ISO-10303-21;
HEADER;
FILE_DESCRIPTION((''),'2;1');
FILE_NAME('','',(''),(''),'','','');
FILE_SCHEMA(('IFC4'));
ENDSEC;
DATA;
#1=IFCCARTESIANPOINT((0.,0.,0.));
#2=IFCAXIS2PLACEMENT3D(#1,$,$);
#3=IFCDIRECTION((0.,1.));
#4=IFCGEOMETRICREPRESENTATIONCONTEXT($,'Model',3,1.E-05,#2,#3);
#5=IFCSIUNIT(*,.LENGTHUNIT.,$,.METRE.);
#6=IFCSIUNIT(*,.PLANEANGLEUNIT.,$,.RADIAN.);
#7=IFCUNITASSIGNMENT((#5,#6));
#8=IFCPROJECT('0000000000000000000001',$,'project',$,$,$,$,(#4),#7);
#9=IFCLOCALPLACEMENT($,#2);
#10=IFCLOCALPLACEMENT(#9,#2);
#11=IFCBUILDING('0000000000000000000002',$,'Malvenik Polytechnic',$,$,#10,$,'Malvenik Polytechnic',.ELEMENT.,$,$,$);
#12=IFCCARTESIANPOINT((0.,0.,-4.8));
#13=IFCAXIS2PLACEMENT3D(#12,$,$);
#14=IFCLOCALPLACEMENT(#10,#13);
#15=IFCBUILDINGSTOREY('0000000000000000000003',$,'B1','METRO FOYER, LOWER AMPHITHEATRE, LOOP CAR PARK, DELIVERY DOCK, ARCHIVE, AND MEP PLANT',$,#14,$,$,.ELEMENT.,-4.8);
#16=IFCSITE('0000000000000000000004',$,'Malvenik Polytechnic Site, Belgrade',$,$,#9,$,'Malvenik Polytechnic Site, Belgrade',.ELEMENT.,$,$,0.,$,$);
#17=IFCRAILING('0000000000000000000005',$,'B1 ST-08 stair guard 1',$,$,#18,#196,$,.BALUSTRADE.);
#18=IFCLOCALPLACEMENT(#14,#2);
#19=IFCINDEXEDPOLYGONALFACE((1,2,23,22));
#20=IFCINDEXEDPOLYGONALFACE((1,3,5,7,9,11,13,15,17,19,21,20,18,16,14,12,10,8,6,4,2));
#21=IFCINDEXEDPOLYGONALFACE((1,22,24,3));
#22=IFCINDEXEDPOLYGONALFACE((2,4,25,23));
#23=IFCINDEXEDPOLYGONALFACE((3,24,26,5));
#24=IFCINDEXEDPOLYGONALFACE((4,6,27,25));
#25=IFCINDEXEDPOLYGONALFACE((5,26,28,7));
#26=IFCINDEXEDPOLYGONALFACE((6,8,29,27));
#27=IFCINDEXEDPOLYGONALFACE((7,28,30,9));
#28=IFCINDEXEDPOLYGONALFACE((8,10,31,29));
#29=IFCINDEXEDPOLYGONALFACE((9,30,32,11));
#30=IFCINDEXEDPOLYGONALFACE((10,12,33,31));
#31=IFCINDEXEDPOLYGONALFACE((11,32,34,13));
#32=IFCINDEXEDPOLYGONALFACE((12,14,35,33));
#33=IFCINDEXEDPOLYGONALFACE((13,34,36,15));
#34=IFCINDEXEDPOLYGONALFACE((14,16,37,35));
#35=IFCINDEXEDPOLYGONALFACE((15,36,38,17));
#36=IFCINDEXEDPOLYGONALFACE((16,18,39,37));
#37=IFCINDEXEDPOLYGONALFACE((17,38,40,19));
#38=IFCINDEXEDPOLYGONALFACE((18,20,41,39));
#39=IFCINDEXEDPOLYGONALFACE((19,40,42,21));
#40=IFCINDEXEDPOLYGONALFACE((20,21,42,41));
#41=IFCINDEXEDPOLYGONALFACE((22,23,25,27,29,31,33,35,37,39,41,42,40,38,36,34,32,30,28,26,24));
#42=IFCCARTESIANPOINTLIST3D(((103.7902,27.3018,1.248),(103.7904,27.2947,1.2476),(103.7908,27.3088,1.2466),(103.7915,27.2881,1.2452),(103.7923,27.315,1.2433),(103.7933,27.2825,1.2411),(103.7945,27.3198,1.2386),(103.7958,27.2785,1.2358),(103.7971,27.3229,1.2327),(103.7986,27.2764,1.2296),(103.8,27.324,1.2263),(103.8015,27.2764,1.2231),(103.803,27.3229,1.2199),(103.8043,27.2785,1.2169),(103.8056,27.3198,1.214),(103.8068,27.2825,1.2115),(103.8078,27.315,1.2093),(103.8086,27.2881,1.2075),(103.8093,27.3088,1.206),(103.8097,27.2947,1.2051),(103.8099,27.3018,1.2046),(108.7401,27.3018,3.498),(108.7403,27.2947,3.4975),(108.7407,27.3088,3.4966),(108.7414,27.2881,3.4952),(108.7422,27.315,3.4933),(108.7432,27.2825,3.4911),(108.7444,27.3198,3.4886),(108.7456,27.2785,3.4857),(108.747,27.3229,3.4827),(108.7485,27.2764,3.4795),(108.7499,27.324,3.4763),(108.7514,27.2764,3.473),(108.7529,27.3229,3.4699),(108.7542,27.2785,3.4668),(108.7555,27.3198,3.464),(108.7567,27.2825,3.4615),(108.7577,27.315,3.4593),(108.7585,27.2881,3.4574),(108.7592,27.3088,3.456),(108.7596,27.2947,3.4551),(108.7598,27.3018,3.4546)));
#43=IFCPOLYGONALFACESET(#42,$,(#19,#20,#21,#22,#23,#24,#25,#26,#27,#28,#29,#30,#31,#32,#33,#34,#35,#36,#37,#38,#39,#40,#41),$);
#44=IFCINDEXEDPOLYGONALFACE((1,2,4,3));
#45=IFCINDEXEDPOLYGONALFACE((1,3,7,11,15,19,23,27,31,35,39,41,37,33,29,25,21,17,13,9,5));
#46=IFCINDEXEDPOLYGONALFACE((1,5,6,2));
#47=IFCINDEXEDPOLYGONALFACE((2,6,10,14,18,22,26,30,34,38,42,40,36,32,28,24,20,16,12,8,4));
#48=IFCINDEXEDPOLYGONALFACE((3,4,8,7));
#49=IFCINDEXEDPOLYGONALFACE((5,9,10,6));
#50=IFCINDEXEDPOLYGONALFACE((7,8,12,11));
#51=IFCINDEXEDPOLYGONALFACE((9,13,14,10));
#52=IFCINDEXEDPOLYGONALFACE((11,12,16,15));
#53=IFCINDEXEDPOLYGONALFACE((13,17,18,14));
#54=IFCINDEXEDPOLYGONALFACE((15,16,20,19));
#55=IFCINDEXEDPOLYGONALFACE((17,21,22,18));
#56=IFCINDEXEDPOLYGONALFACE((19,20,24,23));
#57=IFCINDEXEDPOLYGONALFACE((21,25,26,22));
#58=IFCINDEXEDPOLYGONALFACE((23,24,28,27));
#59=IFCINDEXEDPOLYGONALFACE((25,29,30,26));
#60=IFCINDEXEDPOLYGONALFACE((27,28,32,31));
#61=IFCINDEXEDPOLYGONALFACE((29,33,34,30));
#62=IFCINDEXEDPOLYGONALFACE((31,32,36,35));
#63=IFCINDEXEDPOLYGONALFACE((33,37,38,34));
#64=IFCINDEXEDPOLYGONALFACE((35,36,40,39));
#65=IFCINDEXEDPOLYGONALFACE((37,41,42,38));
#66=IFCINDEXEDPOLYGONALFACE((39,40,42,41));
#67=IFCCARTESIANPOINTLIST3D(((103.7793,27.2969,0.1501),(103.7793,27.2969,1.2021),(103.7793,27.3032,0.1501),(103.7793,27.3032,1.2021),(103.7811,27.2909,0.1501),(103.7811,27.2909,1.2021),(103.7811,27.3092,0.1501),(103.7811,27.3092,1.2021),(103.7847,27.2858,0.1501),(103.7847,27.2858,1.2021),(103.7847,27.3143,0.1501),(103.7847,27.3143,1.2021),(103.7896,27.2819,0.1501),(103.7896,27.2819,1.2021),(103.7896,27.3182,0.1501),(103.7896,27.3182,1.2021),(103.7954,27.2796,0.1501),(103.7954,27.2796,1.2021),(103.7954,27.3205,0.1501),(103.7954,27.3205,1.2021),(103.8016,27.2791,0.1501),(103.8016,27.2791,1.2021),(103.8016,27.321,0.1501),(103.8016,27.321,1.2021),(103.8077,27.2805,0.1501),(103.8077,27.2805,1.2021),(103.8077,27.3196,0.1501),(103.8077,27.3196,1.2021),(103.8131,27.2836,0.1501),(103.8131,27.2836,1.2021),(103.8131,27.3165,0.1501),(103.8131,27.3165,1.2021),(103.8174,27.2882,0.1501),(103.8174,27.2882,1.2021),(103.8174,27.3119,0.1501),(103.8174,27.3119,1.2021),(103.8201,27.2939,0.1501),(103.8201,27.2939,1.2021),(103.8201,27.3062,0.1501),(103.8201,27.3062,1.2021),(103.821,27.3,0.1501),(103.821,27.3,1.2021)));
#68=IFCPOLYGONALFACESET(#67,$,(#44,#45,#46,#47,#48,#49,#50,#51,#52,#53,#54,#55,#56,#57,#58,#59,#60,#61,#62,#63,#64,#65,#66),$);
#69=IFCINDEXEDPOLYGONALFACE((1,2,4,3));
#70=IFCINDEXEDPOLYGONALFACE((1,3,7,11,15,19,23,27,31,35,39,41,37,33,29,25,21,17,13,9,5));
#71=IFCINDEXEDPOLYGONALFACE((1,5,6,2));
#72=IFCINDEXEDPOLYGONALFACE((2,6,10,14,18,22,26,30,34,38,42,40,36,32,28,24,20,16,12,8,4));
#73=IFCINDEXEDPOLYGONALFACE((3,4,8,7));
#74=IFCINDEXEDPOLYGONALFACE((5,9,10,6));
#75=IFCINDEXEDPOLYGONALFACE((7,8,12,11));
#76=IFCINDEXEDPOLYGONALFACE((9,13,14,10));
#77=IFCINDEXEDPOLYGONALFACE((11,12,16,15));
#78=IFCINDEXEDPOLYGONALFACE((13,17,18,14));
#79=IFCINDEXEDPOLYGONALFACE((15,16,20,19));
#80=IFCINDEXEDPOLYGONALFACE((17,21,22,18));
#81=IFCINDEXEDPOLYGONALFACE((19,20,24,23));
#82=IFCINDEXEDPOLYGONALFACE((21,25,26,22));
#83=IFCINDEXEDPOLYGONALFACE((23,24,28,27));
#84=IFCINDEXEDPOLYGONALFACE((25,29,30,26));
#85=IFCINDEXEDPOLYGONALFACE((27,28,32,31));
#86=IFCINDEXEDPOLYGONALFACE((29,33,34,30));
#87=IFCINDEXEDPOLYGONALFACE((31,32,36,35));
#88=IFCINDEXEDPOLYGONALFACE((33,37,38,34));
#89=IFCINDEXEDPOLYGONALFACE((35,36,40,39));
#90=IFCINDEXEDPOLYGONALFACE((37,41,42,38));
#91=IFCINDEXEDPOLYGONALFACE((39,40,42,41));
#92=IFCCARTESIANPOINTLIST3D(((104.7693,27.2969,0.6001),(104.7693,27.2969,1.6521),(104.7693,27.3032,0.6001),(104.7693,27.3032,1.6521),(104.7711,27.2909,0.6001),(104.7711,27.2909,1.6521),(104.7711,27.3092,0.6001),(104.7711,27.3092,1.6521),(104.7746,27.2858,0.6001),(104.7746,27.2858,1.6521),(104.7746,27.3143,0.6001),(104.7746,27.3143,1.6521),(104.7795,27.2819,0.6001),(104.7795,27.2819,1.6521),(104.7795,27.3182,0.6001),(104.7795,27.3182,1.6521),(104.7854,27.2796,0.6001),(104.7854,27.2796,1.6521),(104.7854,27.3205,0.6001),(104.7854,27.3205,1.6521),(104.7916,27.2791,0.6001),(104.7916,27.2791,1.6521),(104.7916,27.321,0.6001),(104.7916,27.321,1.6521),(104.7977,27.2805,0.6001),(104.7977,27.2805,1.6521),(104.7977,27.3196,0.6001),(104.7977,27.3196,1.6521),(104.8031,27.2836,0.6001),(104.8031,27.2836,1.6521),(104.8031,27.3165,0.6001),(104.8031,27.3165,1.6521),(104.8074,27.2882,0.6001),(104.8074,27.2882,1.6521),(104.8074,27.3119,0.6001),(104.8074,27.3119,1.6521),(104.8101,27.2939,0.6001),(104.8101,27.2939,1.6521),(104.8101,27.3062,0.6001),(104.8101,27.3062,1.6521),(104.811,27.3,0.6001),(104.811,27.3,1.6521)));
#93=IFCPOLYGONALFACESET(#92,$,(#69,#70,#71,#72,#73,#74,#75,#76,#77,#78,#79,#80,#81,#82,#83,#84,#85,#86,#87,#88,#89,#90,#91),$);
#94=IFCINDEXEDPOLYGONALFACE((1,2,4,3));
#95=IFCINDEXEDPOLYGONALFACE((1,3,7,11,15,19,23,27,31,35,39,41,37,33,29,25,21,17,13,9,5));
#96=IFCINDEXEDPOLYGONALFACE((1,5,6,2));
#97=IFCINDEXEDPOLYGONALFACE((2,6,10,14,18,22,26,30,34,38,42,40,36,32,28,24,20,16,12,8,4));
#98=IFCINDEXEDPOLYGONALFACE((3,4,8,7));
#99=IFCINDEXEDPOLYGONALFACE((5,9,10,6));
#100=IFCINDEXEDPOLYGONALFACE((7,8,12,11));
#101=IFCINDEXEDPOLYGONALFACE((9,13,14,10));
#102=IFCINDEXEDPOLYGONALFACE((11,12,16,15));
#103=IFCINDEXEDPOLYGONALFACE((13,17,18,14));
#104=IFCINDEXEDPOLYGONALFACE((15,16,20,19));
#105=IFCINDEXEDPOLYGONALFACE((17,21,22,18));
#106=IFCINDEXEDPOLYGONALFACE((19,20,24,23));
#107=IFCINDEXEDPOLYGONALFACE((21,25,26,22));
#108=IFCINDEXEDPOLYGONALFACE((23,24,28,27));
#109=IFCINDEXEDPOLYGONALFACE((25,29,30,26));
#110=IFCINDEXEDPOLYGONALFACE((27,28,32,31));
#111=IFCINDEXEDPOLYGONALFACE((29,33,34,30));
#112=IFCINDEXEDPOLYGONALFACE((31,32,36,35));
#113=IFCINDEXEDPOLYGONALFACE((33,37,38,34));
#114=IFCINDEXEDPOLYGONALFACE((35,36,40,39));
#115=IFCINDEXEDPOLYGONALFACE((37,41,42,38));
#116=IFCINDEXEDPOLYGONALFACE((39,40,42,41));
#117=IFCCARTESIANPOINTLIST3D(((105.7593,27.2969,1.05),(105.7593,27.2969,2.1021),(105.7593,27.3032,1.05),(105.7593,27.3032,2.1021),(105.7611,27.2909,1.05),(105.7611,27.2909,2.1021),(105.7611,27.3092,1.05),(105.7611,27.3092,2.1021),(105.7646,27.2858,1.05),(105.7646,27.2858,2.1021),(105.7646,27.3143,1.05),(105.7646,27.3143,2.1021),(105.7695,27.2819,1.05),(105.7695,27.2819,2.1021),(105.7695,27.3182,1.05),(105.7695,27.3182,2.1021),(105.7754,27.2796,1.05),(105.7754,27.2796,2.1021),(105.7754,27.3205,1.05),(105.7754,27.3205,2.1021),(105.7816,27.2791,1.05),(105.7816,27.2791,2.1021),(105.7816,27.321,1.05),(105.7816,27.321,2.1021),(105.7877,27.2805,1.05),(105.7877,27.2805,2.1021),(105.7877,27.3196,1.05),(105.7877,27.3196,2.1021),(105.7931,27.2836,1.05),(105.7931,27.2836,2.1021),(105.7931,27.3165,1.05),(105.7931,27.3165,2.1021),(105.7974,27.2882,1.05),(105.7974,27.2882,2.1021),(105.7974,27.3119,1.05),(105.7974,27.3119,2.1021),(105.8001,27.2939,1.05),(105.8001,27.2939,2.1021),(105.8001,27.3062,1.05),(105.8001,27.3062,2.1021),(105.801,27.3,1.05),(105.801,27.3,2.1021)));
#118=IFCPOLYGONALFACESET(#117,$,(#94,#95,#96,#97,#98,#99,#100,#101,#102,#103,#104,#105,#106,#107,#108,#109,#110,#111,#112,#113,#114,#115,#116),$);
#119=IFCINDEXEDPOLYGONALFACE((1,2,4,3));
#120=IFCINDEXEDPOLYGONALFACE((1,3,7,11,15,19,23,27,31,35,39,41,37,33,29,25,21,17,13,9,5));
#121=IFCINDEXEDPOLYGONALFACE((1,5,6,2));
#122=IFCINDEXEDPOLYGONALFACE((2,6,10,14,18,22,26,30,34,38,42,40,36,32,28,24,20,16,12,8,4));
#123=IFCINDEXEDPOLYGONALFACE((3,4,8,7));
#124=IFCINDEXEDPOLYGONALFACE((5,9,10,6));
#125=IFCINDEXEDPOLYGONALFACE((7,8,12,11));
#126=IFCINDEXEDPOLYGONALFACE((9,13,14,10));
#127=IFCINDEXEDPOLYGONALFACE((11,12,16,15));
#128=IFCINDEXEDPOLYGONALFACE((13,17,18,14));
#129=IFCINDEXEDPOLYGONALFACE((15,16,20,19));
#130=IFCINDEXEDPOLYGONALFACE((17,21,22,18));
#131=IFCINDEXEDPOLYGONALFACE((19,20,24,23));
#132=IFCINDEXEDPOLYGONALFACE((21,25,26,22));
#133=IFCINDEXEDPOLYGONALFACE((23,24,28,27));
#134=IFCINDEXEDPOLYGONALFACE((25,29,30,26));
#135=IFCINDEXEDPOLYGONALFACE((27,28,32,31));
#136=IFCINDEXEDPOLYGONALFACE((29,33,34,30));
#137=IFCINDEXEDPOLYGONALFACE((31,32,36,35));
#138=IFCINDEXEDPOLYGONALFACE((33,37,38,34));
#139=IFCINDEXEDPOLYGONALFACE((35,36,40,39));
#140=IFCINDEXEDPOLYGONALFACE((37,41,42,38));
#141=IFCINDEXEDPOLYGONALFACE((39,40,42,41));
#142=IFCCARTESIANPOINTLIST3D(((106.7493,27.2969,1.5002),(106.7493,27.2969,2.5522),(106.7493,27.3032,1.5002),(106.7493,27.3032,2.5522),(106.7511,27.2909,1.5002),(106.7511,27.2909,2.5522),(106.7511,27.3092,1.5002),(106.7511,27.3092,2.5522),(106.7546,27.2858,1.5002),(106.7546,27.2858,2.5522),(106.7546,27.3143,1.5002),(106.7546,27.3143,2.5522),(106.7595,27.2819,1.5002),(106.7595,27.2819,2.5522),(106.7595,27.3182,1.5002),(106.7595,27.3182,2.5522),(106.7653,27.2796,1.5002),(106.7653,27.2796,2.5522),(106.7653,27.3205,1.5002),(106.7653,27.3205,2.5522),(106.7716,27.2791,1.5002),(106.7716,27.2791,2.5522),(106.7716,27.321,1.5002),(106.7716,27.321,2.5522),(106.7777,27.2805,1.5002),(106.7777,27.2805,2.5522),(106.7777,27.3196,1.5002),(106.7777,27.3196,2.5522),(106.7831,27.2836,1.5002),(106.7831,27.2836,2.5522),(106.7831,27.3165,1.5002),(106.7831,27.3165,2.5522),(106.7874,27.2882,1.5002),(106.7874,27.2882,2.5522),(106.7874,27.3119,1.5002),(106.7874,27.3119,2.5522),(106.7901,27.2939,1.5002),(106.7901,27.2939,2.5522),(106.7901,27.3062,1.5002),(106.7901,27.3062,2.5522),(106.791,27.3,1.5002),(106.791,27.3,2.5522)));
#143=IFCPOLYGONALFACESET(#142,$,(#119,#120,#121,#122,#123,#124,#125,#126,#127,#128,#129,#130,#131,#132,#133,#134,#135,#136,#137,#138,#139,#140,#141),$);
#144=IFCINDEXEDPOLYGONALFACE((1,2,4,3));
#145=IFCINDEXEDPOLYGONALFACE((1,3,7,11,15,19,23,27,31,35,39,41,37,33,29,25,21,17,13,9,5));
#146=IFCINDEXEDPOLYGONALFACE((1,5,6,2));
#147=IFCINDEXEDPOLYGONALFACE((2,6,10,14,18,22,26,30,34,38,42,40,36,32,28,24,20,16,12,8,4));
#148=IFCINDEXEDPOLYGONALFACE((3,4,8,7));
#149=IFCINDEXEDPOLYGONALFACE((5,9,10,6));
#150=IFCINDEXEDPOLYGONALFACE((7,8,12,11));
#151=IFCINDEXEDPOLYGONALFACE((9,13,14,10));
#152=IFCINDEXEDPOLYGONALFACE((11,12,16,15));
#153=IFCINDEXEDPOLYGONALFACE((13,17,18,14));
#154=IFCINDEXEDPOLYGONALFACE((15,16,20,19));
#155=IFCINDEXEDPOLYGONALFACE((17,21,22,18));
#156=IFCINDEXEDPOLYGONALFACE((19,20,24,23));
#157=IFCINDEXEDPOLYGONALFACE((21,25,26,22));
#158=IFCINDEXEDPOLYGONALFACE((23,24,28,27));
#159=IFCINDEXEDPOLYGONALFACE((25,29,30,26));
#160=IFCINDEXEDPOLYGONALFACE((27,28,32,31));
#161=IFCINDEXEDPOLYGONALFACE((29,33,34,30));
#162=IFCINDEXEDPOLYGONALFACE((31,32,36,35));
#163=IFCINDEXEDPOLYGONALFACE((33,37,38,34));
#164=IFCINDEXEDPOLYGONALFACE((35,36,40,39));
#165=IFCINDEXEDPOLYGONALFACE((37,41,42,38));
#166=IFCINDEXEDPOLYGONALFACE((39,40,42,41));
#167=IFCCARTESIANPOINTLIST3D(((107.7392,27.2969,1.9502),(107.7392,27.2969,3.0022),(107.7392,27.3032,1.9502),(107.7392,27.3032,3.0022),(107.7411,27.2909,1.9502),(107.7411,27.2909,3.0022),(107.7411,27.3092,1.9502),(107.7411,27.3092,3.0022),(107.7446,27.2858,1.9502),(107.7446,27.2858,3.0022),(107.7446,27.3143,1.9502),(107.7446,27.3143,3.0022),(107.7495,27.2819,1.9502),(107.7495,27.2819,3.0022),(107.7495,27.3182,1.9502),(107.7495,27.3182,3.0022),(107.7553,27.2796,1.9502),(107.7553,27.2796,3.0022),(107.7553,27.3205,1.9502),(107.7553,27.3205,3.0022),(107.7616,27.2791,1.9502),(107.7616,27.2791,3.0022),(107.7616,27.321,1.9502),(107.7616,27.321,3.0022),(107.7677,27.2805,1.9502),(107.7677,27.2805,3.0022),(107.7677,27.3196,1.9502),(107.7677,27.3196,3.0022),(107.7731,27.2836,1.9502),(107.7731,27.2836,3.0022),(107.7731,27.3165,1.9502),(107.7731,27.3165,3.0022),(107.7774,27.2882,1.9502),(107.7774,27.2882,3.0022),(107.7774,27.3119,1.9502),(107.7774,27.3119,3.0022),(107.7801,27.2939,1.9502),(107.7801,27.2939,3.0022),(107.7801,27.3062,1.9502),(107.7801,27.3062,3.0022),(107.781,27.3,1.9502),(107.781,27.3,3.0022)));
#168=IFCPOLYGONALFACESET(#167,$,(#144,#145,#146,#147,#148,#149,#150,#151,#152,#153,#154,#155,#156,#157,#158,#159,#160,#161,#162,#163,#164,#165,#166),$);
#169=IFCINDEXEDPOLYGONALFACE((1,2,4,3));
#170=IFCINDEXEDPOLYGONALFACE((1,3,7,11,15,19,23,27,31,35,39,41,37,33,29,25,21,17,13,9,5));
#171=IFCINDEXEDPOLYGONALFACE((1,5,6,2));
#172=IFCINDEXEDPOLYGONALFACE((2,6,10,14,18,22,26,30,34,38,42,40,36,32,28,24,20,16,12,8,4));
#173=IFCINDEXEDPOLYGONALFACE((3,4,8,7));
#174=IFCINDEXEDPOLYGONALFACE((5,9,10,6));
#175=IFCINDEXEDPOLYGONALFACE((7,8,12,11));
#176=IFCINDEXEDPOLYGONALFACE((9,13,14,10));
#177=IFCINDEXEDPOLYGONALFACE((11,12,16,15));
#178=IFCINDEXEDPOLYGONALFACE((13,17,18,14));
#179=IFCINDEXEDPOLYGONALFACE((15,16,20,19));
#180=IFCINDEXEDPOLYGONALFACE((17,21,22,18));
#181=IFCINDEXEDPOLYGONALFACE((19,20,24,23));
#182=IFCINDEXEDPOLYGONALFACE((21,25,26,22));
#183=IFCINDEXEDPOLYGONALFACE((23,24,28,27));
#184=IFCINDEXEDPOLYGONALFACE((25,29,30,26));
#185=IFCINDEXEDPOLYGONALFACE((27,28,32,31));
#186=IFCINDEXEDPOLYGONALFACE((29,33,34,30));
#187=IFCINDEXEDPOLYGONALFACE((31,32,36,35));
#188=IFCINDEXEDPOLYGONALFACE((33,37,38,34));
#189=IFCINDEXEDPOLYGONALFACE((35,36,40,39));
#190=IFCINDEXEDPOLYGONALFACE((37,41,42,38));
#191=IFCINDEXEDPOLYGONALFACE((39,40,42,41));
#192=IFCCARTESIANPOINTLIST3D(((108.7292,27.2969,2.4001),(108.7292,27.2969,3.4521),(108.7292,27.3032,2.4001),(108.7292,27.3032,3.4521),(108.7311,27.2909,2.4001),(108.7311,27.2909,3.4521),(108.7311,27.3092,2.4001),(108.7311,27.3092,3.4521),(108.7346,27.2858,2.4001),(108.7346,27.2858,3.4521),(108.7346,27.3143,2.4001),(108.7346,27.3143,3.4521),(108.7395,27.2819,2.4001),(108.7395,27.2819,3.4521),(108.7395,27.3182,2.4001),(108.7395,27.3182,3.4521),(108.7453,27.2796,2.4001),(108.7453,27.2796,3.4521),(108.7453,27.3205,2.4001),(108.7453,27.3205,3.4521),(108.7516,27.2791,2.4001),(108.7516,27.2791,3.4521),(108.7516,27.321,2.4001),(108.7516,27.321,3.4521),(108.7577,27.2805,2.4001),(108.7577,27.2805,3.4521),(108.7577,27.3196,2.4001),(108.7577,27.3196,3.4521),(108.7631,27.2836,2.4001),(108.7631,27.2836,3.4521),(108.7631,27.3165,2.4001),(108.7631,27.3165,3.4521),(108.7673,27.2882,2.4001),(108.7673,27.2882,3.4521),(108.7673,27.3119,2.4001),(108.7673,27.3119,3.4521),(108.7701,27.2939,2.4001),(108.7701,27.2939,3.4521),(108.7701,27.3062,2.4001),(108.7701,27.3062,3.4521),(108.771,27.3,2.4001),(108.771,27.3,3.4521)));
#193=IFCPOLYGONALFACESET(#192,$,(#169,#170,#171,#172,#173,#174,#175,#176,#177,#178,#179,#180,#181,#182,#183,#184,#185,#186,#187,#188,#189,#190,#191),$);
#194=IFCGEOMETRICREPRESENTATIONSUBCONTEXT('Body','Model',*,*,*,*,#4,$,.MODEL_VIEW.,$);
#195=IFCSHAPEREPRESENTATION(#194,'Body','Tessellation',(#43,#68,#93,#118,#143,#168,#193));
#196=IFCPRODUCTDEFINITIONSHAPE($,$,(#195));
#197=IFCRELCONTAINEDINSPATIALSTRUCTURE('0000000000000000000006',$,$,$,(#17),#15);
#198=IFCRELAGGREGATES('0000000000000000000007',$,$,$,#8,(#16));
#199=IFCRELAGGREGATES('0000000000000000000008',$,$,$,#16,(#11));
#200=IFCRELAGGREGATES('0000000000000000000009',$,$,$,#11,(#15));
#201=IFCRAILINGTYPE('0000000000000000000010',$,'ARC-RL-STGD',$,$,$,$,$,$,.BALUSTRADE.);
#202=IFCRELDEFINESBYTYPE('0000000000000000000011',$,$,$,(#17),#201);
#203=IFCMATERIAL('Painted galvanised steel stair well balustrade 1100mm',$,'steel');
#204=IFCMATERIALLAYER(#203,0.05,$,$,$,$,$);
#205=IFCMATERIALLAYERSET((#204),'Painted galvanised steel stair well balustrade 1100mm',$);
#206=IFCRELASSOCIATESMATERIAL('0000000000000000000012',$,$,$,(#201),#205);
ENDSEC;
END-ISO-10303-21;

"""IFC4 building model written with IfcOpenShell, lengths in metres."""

from ifc_helpers import new_model, si_unit, direction, frame, origin, origin_2d, place, context, subcontext, project, spatial, circle, extrude, material, layer, layer_set, type_object, element, save


model = new_model("IFC4")

# Units and contexts
model_context = context("Model", 3, precision=1e-05, world=origin(), true_north=direction((0.0, 1.0)))
body_context = subcontext(model_context, "Body", "Model", "MODEL_VIEW")
ifc_project = project(units=[si_unit("LENGTHUNIT", "METRE"), si_unit("PLANEANGLEUNIT", "RADIAN")], contexts=[model_context])

# Site, building, storey
site_placement = place(None, origin())
site = spatial("IfcSite", under=ifc_project, at=site_placement, Name="Malvenik Polytechnic Site, Belgrade", LongName="Malvenik Polytechnic Site, Belgrade", CompositionType="ELEMENT", RefElevation=0.0)
building_placement = place(site_placement, origin())
building = spatial("IfcBuilding", under=site, at=building_placement, Name="Malvenik Polytechnic", LongName="Malvenik Polytechnic", CompositionType="ELEMENT")
storey_placement = place(building_placement, frame((0.0, 0.0, -4.8)))
storey = spatial("IfcBuildingStorey", under=building, at=storey_placement, Name="B1", Description="METRO FOYER, LOWER AMPHITHEATRE, LOOP CAR PARK, DELIVERY DOCK, ARCHIVE, AND MEP PLANT", CompositionType="ELEMENT", Elevation=-4.8)

# Railing
ifc_material_1 = material(Name="Painted galvanised steel stair well balustrade 1100mm", Category="steel")
ifc_layer_1 = layer(ifc_material_1, 0.05)
ifc_layer_set_1 = layer_set([ifc_layer_1], Name="Painted galvanised steel stair well balustrade 1100mm")
railing_type_1 = type_object("IfcRailingType", Name="ARC-RL-STGD", PredefinedType="BALUSTRADE", material=ifc_layer_set_1)
railing_1_placement = place(storey_placement, frame((103.8, 27.3, 0.1501)))
element("IfcRailing", 1, at=railing_1_placement, inside=storey, type_object=railing_type_1, Name="B1 ST-08 stair guard 1", PredefinedType="BALUSTRADE", context=body_context, shape_type="SweptSolid", body=[
    extrude(circle(Radius=0.0239, at=origin_2d()), frame((0.0, 0.0, 1.0762), z_axis=(0.910365, 0.0, 0.413806), x_axis=(0.0, 1.0, 0.0)), (0.0, 0.0, 1.0), 5.4373),
    extrude(circle(Radius=0.021, at=origin_2d()), origin(), (0.0, 0.0, 1.0), 1.052),
    extrude(circle(Radius=0.021, at=origin_2d()), frame((0.99, 0.0, 0.45)), (0.0, 0.0, 1.0), 1.052),
    extrude(circle(Radius=0.021, at=origin_2d()), frame((1.98, 0.0, 0.8999)), (0.0, 0.0, 1.0), 1.052),
    extrude(circle(Radius=0.021, at=origin_2d()), frame((2.97, 0.0, 1.3501)), (0.0, 0.0, 1.0), 1.052),
    extrude(circle(Radius=0.021, at=origin_2d()), frame((3.96, 0.0, 1.8)), (0.0, 0.0, 1.0), 1.052),
    extrude(circle(Radius=0.021, at=origin_2d()), frame((4.95, 0.0, 2.25)), (0.0, 0.0, 1.0), 1.052),
])

save(model, "model.ifc")
